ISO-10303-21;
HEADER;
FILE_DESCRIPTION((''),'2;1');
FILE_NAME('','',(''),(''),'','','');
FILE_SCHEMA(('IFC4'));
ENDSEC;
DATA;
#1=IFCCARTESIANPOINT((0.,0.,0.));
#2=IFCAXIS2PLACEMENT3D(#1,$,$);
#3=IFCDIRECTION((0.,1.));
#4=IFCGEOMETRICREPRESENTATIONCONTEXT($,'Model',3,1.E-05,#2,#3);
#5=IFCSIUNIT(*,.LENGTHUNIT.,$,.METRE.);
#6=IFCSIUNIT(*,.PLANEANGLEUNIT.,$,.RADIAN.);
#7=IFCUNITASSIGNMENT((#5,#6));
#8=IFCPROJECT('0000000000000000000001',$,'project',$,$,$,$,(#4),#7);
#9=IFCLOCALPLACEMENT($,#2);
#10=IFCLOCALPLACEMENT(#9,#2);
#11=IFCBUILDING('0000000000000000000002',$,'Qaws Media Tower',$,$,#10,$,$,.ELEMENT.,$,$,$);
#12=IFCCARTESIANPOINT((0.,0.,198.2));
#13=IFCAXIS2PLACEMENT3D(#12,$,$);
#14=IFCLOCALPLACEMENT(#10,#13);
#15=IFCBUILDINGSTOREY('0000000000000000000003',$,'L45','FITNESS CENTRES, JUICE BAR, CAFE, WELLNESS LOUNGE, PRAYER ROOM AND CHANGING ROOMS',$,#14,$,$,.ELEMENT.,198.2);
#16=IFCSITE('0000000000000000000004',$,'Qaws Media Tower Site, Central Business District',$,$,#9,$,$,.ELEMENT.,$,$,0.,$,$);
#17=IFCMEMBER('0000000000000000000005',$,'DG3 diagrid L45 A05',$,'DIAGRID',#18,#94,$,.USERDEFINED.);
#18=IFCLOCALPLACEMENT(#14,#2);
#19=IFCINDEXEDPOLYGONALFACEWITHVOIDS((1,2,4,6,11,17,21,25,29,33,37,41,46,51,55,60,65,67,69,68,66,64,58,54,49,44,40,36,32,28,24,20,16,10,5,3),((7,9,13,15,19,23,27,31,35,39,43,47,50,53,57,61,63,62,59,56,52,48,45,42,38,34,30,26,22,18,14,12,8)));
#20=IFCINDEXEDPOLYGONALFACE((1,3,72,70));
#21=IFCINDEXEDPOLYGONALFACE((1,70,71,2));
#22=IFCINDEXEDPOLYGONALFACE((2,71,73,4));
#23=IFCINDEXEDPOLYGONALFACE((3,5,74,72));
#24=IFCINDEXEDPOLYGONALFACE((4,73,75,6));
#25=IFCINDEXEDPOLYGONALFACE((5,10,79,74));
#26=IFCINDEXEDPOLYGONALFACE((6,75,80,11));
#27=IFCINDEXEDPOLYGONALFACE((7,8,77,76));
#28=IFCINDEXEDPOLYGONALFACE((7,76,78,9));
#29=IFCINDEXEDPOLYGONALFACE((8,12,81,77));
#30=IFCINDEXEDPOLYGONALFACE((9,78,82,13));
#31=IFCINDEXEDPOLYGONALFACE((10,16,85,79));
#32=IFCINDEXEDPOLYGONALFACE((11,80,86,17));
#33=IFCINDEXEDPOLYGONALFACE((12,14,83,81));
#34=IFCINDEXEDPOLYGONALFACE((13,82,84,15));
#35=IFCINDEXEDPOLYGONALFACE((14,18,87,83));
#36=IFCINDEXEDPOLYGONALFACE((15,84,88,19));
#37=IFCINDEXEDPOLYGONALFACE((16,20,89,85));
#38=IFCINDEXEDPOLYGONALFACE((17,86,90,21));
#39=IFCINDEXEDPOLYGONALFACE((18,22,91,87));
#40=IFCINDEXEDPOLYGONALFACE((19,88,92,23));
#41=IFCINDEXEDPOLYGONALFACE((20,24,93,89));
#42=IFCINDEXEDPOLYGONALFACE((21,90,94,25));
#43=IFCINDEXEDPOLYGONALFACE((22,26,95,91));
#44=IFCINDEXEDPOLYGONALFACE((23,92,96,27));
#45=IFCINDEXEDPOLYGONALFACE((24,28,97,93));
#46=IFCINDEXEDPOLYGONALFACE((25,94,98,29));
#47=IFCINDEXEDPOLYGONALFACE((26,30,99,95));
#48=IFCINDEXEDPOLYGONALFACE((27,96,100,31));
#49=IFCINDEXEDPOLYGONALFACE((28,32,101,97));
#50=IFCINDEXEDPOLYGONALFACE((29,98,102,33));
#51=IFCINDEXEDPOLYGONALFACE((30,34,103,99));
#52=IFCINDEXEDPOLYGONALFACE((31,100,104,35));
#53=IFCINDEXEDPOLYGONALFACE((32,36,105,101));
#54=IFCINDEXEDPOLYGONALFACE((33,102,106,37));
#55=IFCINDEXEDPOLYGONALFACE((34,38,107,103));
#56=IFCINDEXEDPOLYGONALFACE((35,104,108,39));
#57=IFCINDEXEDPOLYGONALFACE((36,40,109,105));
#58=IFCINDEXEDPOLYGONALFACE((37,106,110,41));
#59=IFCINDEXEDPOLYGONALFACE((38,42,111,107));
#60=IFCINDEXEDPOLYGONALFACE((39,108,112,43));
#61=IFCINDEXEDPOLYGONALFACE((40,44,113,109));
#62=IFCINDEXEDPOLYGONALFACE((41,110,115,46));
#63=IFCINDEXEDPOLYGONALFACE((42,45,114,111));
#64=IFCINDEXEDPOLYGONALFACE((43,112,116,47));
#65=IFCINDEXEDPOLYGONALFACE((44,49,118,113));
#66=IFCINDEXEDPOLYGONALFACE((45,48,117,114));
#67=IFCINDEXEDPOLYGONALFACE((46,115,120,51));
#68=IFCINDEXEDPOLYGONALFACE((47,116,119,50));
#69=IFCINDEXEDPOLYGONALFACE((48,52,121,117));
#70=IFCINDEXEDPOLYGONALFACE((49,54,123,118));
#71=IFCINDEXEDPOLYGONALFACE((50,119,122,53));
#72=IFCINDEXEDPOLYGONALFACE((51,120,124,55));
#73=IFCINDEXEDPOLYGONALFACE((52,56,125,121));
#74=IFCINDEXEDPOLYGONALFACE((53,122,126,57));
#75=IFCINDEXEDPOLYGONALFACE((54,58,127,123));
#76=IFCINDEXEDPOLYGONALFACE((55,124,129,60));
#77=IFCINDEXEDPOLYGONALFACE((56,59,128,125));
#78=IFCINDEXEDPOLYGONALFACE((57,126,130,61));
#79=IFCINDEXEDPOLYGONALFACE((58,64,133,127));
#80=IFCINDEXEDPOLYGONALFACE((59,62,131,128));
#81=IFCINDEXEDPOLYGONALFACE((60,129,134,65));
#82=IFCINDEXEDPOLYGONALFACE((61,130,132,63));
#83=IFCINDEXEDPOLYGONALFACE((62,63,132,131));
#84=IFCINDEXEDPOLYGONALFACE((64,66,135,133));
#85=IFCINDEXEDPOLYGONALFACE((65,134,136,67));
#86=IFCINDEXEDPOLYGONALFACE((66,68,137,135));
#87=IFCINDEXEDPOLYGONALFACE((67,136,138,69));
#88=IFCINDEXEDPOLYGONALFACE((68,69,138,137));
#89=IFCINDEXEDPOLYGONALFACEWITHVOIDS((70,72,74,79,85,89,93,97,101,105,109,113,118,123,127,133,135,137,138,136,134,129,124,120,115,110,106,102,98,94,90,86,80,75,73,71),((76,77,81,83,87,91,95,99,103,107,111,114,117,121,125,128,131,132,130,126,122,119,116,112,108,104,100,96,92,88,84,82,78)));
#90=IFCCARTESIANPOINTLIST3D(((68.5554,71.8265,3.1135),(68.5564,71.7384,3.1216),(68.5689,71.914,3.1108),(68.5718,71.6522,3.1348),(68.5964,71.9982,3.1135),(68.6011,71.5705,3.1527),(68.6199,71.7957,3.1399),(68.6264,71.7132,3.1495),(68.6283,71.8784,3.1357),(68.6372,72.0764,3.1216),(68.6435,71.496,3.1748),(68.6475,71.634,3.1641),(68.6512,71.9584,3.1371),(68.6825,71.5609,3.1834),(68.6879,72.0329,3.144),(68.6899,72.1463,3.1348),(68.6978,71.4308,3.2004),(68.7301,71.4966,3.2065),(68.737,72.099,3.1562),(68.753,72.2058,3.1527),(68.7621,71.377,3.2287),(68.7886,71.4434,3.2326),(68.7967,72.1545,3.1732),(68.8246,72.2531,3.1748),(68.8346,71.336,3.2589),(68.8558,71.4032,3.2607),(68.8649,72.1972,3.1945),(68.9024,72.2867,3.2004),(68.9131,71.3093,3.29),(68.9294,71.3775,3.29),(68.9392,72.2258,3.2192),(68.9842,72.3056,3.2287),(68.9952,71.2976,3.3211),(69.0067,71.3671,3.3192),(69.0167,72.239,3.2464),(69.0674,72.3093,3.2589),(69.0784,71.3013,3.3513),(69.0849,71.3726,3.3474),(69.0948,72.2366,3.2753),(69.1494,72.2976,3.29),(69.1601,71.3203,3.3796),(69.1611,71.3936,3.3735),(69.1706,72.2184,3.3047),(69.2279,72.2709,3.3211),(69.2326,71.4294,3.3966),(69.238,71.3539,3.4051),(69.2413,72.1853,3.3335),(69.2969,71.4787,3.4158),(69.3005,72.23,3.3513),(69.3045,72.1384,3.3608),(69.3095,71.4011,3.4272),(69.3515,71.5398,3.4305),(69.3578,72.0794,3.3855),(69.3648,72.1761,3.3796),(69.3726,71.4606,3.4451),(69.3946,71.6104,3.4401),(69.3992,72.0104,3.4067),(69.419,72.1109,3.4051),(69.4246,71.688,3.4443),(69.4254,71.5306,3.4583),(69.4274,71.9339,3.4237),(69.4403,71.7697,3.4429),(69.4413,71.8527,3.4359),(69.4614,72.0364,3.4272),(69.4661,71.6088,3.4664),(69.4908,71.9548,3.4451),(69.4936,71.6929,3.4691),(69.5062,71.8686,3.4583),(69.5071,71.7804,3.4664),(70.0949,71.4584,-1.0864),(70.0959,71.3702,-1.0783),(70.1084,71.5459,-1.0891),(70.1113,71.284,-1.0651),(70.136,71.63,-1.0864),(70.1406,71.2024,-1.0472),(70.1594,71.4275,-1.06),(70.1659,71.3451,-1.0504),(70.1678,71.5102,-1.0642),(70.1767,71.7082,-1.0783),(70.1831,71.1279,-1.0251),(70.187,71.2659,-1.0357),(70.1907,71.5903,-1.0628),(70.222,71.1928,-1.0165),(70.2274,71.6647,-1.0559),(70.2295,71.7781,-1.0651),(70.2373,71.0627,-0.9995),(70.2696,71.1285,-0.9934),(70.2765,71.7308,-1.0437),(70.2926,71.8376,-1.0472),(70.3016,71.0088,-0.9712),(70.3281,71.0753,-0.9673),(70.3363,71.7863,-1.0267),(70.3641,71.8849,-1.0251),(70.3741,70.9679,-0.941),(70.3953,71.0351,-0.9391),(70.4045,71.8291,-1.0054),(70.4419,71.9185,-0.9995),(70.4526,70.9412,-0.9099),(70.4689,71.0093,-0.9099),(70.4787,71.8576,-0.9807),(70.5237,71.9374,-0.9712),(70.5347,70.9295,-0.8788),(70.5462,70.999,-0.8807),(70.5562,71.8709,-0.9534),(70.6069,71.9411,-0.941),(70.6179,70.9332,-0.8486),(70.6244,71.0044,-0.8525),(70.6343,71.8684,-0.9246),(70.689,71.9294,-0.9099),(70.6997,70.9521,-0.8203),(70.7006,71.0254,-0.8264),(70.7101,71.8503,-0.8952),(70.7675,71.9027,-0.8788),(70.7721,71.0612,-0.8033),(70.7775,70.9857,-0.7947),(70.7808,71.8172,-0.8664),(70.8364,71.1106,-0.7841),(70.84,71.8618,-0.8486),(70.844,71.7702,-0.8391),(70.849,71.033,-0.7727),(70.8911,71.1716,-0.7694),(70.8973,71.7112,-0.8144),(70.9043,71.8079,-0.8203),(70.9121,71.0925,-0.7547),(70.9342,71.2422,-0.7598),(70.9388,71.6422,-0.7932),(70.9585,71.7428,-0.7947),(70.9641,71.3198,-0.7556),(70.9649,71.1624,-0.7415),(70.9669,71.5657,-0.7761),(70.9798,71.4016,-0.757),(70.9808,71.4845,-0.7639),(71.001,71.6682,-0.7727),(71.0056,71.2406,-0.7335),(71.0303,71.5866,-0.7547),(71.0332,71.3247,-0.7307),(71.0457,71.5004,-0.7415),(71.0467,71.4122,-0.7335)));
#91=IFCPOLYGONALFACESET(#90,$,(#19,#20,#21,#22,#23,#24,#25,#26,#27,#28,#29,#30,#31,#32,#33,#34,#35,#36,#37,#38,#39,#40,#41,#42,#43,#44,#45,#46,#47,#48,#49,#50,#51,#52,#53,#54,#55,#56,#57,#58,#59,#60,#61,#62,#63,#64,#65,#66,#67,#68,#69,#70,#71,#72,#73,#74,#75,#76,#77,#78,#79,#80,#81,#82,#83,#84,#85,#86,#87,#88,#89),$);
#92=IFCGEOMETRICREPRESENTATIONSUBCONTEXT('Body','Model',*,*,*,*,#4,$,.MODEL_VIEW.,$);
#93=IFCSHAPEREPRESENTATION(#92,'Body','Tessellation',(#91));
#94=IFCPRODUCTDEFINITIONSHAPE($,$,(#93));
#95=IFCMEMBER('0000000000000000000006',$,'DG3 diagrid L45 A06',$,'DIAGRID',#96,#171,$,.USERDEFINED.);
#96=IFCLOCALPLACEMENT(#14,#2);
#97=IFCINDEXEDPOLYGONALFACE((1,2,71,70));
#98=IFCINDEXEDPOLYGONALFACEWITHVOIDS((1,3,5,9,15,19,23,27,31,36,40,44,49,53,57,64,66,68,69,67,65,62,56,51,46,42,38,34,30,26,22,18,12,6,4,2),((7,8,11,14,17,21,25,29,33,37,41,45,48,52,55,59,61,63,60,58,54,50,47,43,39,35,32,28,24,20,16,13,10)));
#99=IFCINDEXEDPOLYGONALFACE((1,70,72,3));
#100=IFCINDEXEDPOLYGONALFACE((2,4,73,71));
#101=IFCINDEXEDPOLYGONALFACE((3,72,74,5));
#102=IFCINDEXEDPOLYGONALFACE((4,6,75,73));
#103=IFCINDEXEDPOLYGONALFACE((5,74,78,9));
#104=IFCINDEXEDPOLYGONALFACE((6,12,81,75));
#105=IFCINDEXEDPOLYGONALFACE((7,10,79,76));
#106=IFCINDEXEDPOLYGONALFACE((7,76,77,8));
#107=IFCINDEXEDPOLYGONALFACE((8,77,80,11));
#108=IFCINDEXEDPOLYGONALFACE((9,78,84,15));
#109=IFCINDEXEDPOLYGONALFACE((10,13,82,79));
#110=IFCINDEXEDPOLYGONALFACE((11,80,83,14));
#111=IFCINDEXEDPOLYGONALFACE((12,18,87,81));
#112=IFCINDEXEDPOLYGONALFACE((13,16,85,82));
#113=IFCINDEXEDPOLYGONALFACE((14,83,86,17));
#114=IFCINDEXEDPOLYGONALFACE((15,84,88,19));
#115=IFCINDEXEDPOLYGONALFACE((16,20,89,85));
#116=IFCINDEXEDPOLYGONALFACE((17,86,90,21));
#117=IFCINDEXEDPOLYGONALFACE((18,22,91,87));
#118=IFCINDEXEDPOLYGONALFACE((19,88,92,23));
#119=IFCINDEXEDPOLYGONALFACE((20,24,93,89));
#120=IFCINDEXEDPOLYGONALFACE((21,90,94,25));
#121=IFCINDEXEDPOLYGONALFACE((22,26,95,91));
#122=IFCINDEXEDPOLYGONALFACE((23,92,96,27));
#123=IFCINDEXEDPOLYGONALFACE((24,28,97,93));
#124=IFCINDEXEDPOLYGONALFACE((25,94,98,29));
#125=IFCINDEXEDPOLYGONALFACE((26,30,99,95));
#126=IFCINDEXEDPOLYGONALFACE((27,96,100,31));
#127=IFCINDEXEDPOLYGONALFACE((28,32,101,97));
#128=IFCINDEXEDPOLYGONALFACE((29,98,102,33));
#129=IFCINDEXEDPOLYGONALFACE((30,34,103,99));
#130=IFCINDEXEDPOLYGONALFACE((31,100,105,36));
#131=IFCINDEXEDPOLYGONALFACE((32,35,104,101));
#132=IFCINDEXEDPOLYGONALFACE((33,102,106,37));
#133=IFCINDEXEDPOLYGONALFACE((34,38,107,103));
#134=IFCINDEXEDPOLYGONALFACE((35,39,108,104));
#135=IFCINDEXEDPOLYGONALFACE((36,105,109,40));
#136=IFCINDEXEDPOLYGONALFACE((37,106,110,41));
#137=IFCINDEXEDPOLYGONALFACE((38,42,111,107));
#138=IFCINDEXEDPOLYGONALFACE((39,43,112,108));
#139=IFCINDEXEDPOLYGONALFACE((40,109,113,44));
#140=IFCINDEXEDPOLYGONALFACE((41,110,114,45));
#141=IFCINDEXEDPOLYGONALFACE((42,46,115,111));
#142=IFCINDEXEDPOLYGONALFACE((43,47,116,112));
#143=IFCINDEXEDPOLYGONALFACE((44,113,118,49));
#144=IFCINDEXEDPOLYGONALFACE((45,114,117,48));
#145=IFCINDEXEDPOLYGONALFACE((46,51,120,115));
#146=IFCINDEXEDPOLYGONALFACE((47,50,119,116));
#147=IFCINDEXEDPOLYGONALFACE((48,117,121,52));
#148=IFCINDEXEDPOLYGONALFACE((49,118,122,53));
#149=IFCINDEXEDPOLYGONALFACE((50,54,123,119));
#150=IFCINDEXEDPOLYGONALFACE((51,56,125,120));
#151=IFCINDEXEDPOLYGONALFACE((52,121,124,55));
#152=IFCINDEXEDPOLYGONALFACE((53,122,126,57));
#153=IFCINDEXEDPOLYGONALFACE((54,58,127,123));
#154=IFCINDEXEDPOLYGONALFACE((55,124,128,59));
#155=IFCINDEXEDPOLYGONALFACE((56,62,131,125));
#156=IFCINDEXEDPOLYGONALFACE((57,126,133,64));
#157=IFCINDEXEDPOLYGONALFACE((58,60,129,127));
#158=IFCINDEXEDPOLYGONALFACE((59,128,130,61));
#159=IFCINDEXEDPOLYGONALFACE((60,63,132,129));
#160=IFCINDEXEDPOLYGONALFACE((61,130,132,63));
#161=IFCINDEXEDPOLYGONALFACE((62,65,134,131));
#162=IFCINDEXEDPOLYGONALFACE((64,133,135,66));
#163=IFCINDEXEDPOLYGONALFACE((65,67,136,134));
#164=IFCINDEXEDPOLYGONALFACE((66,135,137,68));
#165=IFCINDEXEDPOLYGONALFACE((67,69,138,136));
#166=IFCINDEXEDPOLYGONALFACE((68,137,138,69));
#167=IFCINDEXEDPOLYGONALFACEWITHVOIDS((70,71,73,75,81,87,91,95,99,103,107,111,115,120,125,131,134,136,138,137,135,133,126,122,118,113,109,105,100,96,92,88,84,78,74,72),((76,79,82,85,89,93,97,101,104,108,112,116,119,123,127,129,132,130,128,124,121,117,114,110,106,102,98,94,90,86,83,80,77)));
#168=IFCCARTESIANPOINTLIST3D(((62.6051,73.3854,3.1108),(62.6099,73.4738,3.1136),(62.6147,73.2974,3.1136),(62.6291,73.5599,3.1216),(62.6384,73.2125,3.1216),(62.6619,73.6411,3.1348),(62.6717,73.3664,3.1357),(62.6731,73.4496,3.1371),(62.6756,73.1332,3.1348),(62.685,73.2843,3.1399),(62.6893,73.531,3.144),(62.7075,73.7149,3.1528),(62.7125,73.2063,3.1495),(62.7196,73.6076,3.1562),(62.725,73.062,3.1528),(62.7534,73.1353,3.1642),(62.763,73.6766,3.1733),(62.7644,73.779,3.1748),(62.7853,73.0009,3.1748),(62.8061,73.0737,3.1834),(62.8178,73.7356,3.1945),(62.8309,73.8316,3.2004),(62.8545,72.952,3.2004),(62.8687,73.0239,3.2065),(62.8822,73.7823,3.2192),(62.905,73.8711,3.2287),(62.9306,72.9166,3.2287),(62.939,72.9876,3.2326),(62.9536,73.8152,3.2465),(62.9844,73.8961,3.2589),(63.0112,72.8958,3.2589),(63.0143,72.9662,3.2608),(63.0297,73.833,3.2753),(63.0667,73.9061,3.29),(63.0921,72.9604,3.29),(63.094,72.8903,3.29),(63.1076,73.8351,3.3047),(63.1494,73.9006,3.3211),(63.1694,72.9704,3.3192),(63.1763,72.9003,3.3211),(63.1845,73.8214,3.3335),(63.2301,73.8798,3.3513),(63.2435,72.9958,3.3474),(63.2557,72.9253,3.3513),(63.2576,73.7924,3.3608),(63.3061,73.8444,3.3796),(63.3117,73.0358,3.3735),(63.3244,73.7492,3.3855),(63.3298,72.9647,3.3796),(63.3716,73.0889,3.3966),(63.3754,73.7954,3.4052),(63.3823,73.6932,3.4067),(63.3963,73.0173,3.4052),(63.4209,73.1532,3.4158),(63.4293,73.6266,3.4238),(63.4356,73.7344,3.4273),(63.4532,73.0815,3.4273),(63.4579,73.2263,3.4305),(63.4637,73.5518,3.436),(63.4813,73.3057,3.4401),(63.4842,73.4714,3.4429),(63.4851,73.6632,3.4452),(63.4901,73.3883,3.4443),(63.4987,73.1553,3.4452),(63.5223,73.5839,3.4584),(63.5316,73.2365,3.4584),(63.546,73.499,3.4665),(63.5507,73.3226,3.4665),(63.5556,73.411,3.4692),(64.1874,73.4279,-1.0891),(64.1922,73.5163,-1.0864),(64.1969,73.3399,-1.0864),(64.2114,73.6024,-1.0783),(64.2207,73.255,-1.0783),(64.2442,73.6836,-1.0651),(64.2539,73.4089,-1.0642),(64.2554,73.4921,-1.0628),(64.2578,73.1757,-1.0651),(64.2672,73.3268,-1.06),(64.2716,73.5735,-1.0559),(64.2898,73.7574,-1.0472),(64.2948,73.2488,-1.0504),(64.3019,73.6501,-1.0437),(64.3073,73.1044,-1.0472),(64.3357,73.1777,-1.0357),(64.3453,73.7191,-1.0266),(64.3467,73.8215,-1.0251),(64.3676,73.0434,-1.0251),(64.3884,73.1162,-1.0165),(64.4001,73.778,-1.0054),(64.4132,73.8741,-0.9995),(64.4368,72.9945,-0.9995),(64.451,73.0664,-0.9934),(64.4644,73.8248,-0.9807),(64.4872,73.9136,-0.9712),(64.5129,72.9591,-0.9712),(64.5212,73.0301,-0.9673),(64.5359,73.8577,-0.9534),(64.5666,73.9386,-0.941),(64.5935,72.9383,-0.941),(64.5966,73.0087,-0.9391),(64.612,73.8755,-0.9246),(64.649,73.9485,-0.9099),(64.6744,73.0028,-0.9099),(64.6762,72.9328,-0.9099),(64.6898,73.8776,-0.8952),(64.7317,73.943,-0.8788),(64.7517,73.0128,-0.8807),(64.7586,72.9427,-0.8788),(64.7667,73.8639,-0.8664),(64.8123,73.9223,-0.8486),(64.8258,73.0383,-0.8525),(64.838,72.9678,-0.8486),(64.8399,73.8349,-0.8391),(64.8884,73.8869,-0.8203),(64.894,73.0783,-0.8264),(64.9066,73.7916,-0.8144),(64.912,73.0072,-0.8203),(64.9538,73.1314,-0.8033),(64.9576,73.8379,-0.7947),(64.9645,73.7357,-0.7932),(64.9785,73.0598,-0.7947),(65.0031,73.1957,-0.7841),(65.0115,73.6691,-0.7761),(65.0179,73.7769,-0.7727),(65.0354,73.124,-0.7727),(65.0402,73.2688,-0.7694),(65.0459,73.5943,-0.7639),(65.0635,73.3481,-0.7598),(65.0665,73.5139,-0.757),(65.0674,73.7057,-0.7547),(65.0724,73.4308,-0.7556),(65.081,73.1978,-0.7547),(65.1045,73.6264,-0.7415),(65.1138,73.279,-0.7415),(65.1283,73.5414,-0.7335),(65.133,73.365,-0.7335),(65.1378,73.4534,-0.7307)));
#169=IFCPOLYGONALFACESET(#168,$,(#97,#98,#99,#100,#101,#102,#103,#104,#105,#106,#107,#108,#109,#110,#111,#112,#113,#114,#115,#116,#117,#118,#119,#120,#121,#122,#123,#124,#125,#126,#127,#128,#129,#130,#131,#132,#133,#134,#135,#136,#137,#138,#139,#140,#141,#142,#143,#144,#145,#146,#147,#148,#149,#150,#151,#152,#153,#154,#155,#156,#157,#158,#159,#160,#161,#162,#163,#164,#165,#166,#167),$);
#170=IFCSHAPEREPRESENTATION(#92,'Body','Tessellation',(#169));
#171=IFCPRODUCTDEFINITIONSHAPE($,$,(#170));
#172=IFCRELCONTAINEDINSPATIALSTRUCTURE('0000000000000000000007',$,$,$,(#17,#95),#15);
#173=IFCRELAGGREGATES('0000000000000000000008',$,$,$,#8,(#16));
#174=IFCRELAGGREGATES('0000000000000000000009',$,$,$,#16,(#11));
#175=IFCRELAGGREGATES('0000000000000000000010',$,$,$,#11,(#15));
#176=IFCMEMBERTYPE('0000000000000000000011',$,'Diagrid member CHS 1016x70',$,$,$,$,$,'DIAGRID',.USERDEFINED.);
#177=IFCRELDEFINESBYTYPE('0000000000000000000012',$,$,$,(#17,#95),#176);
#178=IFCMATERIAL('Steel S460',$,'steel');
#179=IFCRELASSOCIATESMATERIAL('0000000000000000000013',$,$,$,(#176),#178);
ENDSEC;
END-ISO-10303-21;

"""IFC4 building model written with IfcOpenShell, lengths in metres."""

from ifc_helpers import new_model, si_unit, direction, frame, origin, origin_2d, place, context, subcontext, project, spatial, hollow_circle, extrude, material, material_profile, profile_set, type_object, element, save


model = new_model("IFC4")

# Units and contexts
model_context = context("Model", 3, precision=1e-05, world=origin(), true_north=direction((0.0, 1.0)))
body_context = subcontext(model_context, "Body", "Model", "MODEL_VIEW")
ifc_project = project(units=[si_unit("LENGTHUNIT", "METRE"), si_unit("PLANEANGLEUNIT", "RADIAN")], contexts=[model_context])

# Site, building, storey
site_placement = place(None, origin())
site = spatial("IfcSite", under=ifc_project, at=site_placement, Name="Qaws Media Tower Site, Central Business District", CompositionType="ELEMENT", RefElevation=0.0)
building_placement = place(site_placement, origin())
building = spatial("IfcBuilding", under=site, at=building_placement, Name="Qaws Media Tower", CompositionType="ELEMENT")
storey_placement = place(building_placement, frame((0.0, 0.0, 198.2)))
storey = spatial("IfcBuildingStorey", under=building, at=storey_placement, Name="L45", Description="FITNESS CENTRES, JUICE BAR, CAFE, WELLNESS LOUNGE, PRAYER ROOM AND CHANGING ROOMS", CompositionType="ELEMENT", Elevation=198.2)

# Members
ifc_material_1 = material(Name="Steel S460", Category="steel")
ifc_material_profile_1 = material_profile(ifc_material_1, hollow_circle(Radius=0.5081, WallThickness=0.0701, at=origin_2d()), Name="CHS 1016x70")
ifc_profile_set_1 = profile_set([ifc_material_profile_1], Name="Steel S460")
member_type_1 = type_object("IfcMemberType", Name="Diagrid member CHS 1016x70", ElementType="DIAGRID", PredefinedType="USERDEFINED", material=ifc_profile_set_1)
for number, where, z_axis, x_axis, name in (
    (1, (70.5708, 71.4353, -0.9099), (-0.34301, 0.082026, 0.935744), (-0.23258, -0.972577, 0.0), "DG3 diagrid L45 A05"),
    (2, (64.6626, 73.4407, -0.9099), (-0.352532, -0.009465, 0.935752), (0.026838, -0.99964, 0.0), "DG3 diagrid L45 A06"),
):
    element("IfcMember", number, at=place(storey_placement, frame(where, z_axis=z_axis, x_axis=x_axis)), inside=storey, type_object=member_type_1, Name=name, ObjectType="DIAGRID", PredefinedType="USERDEFINED", context=body_context, shape_type="SweptSolid", body=[
        extrude(hollow_circle(Radius=0.5081, WallThickness=0.0701, at=origin_2d()), origin(), (0.0, 0.0, 1.0), 4.4883),
    ])

save(model, "model.ifc")
